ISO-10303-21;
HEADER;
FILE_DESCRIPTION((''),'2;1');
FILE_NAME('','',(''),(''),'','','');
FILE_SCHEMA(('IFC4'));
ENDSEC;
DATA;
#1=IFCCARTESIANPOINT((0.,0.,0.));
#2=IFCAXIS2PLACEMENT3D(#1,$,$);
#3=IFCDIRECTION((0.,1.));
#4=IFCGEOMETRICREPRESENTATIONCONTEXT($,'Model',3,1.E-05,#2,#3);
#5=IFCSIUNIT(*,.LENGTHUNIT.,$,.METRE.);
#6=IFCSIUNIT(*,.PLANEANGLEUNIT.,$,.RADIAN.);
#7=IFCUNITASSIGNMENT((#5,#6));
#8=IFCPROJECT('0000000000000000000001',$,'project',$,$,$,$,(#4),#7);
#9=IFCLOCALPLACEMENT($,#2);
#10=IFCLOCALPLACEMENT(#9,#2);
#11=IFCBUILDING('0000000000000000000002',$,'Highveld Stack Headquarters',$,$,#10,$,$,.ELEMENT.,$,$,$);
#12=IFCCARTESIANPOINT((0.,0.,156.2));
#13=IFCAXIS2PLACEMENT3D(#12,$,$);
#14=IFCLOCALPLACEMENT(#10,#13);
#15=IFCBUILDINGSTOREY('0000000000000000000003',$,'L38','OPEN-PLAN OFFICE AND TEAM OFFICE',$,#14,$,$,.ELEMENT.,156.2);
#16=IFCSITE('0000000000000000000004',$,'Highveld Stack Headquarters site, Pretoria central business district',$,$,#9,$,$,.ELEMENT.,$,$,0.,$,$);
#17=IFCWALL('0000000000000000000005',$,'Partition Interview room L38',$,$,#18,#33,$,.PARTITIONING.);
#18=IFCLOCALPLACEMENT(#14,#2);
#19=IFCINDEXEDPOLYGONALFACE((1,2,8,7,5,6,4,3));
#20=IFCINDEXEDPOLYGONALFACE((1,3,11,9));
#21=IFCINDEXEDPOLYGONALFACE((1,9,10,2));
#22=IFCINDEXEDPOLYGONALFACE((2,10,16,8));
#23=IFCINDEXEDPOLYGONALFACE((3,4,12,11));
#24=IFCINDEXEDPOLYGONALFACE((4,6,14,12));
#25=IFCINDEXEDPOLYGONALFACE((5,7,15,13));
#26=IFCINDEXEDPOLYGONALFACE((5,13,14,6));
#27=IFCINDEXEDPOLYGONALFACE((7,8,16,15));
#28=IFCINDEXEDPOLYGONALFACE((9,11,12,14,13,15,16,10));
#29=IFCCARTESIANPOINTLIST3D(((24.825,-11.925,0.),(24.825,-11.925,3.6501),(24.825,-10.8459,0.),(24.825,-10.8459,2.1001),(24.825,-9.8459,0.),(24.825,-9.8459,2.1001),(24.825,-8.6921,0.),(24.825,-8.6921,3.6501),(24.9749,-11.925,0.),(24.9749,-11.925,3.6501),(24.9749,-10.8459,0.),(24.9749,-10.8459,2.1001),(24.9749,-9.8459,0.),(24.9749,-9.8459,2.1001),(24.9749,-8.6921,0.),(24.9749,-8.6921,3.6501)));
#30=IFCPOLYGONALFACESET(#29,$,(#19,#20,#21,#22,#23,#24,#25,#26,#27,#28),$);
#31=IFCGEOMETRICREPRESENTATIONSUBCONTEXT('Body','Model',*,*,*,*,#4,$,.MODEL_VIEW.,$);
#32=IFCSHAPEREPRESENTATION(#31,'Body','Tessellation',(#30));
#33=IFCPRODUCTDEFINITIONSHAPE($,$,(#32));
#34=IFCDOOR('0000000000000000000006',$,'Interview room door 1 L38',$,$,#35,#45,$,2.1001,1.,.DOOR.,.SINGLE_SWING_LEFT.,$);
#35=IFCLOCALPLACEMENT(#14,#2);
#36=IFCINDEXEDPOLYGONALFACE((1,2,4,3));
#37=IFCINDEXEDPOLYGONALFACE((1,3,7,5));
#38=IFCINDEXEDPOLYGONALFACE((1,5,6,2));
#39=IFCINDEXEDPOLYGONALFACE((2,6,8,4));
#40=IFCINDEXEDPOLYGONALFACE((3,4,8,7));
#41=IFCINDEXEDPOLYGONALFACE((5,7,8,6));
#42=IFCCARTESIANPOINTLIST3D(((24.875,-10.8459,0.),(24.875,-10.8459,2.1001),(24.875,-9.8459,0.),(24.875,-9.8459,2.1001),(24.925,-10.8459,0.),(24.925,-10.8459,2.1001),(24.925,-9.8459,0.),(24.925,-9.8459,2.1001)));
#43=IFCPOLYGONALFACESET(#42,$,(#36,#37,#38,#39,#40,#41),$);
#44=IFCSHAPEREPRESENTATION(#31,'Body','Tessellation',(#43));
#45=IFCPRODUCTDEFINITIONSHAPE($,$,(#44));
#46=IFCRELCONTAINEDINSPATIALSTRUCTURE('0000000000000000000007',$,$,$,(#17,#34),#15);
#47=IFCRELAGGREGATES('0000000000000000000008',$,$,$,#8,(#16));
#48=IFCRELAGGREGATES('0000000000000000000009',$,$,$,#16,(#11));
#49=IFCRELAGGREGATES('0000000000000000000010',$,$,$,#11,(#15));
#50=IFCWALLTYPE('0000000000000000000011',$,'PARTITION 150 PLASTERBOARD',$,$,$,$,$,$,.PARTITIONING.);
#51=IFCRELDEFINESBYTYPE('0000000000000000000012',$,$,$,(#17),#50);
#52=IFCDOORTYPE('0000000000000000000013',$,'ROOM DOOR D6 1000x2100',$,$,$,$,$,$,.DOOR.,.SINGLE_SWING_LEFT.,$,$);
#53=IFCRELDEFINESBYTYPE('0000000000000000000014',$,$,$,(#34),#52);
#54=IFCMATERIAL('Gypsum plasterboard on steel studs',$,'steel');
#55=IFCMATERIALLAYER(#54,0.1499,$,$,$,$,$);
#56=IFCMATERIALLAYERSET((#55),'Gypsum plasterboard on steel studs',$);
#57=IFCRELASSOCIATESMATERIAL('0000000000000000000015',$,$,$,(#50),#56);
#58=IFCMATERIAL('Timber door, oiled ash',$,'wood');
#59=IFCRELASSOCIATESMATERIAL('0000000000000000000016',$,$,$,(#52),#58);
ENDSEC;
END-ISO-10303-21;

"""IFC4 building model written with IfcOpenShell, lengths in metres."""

from ifc_helpers import new_model, si_unit, direction, frame, frame_2d, origin, place, context, subcontext, project, spatial, rectangle, extrude, material, layer, layer_set, type_object, element, fill, save


model = new_model("IFC4")

# Units and contexts
model_context = context("Model", 3, precision=1e-05, world=origin(), true_north=direction((0.0, 1.0)))
body_context = subcontext(model_context, "Body", "Model", "MODEL_VIEW")
ifc_project = project(units=[si_unit("LENGTHUNIT", "METRE"), si_unit("PLANEANGLEUNIT", "RADIAN")], contexts=[model_context])

# Site, building, storey
site_placement = place(None, origin())
site = spatial("IfcSite", under=ifc_project, at=site_placement, Name="Highveld Stack Headquarters site, Pretoria central business district", CompositionType="ELEMENT", RefElevation=0.0)
building_placement = place(site_placement, origin())
building = spatial("IfcBuilding", under=site, at=building_placement, Name="Highveld Stack Headquarters", CompositionType="ELEMENT")
storey_placement = place(building_placement, frame((0.0, 0.0, 156.2)))
storey = spatial("IfcBuildingStorey", under=building, at=storey_placement, Name="L38", Description="OPEN-PLAN OFFICE AND TEAM OFFICE", CompositionType="ELEMENT", Elevation=156.2)

# Shared definitions
ifc_material_1 = material(Name="Gypsum plasterboard on steel studs", Category="steel")
ifc_layer_1 = layer(ifc_material_1, 0.1499)
ifc_layer_set_1 = layer_set([ifc_layer_1], Name="Gypsum plasterboard on steel studs")
wall_type = type_object("IfcWallType", Name="PARTITION 150 PLASTERBOARD", PredefinedType="PARTITIONING", material=ifc_layer_set_1)

# Wall, opening, door
wall_1_placement = place(storey_placement, frame((24.8999, -11.925, 0.0), z_axis=(0.0, 0.0, 1.0), x_axis=(0.0, 1.0, 0.0)))
wall_1 = element("IfcWall", 1, at=wall_1_placement, inside=storey, type_object=wall_type, Name="Partition Interview room L38", PredefinedType="PARTITIONING", context=body_context, shape_type="SweptSolid", body=[
    extrude(rectangle(XDim=3.2329, YDim=0.1499, at=frame_2d((1.6165, 0.0))), origin(), (0.0, 0.0, 1.0), 3.6501),
])
opening_placement = place(wall_1_placement, frame((1.0791, 0.0, 0.0)))
opening = element("IfcOpeningElement", 2, at=opening_placement, cuts=wall_1, PredefinedType="OPENING", context=body_context, shape_type="SweptSolid", body=[
    extrude(rectangle(XDim=1.0, YDim=2.1001, at=frame_2d((0.5, 1.05))), frame((0.0, 0.085, 0.0), z_axis=(0.0, -1.0, 0.0), x_axis=(1.0, 0.0, 0.0)), (0.0, 0.0, 1.0), 0.1699),
])
ifc_material_2 = material(Name="Timber door, oiled ash", Category="wood")
door_type = type_object("IfcDoorType", Name="ROOM DOOR D6 1000x2100", OperationType="SINGLE_SWING_LEFT", PredefinedType="DOOR", material=ifc_material_2)
door_placement = place(opening_placement, origin())
door = element("IfcDoor", 3, at=door_placement, inside=storey, type_object=door_type, Name="Interview room door 1 L38", OperationType="SINGLE_SWING_LEFT", OverallHeight=2.1001, OverallWidth=1.0, PredefinedType="DOOR", context=body_context, shape_type="SweptSolid", body=[
    extrude(rectangle(XDim=1.0, YDim=2.1001, at=frame_2d((0.5, 1.05))), frame((0.0, 0.0249, 0.0), z_axis=(0.0, -1.0, 0.0), x_axis=(1.0, 0.0, 0.0)), (0.0, 0.0, 1.0), 0.05),
])
fill(opening, door)

save(model, "model.ifc")
